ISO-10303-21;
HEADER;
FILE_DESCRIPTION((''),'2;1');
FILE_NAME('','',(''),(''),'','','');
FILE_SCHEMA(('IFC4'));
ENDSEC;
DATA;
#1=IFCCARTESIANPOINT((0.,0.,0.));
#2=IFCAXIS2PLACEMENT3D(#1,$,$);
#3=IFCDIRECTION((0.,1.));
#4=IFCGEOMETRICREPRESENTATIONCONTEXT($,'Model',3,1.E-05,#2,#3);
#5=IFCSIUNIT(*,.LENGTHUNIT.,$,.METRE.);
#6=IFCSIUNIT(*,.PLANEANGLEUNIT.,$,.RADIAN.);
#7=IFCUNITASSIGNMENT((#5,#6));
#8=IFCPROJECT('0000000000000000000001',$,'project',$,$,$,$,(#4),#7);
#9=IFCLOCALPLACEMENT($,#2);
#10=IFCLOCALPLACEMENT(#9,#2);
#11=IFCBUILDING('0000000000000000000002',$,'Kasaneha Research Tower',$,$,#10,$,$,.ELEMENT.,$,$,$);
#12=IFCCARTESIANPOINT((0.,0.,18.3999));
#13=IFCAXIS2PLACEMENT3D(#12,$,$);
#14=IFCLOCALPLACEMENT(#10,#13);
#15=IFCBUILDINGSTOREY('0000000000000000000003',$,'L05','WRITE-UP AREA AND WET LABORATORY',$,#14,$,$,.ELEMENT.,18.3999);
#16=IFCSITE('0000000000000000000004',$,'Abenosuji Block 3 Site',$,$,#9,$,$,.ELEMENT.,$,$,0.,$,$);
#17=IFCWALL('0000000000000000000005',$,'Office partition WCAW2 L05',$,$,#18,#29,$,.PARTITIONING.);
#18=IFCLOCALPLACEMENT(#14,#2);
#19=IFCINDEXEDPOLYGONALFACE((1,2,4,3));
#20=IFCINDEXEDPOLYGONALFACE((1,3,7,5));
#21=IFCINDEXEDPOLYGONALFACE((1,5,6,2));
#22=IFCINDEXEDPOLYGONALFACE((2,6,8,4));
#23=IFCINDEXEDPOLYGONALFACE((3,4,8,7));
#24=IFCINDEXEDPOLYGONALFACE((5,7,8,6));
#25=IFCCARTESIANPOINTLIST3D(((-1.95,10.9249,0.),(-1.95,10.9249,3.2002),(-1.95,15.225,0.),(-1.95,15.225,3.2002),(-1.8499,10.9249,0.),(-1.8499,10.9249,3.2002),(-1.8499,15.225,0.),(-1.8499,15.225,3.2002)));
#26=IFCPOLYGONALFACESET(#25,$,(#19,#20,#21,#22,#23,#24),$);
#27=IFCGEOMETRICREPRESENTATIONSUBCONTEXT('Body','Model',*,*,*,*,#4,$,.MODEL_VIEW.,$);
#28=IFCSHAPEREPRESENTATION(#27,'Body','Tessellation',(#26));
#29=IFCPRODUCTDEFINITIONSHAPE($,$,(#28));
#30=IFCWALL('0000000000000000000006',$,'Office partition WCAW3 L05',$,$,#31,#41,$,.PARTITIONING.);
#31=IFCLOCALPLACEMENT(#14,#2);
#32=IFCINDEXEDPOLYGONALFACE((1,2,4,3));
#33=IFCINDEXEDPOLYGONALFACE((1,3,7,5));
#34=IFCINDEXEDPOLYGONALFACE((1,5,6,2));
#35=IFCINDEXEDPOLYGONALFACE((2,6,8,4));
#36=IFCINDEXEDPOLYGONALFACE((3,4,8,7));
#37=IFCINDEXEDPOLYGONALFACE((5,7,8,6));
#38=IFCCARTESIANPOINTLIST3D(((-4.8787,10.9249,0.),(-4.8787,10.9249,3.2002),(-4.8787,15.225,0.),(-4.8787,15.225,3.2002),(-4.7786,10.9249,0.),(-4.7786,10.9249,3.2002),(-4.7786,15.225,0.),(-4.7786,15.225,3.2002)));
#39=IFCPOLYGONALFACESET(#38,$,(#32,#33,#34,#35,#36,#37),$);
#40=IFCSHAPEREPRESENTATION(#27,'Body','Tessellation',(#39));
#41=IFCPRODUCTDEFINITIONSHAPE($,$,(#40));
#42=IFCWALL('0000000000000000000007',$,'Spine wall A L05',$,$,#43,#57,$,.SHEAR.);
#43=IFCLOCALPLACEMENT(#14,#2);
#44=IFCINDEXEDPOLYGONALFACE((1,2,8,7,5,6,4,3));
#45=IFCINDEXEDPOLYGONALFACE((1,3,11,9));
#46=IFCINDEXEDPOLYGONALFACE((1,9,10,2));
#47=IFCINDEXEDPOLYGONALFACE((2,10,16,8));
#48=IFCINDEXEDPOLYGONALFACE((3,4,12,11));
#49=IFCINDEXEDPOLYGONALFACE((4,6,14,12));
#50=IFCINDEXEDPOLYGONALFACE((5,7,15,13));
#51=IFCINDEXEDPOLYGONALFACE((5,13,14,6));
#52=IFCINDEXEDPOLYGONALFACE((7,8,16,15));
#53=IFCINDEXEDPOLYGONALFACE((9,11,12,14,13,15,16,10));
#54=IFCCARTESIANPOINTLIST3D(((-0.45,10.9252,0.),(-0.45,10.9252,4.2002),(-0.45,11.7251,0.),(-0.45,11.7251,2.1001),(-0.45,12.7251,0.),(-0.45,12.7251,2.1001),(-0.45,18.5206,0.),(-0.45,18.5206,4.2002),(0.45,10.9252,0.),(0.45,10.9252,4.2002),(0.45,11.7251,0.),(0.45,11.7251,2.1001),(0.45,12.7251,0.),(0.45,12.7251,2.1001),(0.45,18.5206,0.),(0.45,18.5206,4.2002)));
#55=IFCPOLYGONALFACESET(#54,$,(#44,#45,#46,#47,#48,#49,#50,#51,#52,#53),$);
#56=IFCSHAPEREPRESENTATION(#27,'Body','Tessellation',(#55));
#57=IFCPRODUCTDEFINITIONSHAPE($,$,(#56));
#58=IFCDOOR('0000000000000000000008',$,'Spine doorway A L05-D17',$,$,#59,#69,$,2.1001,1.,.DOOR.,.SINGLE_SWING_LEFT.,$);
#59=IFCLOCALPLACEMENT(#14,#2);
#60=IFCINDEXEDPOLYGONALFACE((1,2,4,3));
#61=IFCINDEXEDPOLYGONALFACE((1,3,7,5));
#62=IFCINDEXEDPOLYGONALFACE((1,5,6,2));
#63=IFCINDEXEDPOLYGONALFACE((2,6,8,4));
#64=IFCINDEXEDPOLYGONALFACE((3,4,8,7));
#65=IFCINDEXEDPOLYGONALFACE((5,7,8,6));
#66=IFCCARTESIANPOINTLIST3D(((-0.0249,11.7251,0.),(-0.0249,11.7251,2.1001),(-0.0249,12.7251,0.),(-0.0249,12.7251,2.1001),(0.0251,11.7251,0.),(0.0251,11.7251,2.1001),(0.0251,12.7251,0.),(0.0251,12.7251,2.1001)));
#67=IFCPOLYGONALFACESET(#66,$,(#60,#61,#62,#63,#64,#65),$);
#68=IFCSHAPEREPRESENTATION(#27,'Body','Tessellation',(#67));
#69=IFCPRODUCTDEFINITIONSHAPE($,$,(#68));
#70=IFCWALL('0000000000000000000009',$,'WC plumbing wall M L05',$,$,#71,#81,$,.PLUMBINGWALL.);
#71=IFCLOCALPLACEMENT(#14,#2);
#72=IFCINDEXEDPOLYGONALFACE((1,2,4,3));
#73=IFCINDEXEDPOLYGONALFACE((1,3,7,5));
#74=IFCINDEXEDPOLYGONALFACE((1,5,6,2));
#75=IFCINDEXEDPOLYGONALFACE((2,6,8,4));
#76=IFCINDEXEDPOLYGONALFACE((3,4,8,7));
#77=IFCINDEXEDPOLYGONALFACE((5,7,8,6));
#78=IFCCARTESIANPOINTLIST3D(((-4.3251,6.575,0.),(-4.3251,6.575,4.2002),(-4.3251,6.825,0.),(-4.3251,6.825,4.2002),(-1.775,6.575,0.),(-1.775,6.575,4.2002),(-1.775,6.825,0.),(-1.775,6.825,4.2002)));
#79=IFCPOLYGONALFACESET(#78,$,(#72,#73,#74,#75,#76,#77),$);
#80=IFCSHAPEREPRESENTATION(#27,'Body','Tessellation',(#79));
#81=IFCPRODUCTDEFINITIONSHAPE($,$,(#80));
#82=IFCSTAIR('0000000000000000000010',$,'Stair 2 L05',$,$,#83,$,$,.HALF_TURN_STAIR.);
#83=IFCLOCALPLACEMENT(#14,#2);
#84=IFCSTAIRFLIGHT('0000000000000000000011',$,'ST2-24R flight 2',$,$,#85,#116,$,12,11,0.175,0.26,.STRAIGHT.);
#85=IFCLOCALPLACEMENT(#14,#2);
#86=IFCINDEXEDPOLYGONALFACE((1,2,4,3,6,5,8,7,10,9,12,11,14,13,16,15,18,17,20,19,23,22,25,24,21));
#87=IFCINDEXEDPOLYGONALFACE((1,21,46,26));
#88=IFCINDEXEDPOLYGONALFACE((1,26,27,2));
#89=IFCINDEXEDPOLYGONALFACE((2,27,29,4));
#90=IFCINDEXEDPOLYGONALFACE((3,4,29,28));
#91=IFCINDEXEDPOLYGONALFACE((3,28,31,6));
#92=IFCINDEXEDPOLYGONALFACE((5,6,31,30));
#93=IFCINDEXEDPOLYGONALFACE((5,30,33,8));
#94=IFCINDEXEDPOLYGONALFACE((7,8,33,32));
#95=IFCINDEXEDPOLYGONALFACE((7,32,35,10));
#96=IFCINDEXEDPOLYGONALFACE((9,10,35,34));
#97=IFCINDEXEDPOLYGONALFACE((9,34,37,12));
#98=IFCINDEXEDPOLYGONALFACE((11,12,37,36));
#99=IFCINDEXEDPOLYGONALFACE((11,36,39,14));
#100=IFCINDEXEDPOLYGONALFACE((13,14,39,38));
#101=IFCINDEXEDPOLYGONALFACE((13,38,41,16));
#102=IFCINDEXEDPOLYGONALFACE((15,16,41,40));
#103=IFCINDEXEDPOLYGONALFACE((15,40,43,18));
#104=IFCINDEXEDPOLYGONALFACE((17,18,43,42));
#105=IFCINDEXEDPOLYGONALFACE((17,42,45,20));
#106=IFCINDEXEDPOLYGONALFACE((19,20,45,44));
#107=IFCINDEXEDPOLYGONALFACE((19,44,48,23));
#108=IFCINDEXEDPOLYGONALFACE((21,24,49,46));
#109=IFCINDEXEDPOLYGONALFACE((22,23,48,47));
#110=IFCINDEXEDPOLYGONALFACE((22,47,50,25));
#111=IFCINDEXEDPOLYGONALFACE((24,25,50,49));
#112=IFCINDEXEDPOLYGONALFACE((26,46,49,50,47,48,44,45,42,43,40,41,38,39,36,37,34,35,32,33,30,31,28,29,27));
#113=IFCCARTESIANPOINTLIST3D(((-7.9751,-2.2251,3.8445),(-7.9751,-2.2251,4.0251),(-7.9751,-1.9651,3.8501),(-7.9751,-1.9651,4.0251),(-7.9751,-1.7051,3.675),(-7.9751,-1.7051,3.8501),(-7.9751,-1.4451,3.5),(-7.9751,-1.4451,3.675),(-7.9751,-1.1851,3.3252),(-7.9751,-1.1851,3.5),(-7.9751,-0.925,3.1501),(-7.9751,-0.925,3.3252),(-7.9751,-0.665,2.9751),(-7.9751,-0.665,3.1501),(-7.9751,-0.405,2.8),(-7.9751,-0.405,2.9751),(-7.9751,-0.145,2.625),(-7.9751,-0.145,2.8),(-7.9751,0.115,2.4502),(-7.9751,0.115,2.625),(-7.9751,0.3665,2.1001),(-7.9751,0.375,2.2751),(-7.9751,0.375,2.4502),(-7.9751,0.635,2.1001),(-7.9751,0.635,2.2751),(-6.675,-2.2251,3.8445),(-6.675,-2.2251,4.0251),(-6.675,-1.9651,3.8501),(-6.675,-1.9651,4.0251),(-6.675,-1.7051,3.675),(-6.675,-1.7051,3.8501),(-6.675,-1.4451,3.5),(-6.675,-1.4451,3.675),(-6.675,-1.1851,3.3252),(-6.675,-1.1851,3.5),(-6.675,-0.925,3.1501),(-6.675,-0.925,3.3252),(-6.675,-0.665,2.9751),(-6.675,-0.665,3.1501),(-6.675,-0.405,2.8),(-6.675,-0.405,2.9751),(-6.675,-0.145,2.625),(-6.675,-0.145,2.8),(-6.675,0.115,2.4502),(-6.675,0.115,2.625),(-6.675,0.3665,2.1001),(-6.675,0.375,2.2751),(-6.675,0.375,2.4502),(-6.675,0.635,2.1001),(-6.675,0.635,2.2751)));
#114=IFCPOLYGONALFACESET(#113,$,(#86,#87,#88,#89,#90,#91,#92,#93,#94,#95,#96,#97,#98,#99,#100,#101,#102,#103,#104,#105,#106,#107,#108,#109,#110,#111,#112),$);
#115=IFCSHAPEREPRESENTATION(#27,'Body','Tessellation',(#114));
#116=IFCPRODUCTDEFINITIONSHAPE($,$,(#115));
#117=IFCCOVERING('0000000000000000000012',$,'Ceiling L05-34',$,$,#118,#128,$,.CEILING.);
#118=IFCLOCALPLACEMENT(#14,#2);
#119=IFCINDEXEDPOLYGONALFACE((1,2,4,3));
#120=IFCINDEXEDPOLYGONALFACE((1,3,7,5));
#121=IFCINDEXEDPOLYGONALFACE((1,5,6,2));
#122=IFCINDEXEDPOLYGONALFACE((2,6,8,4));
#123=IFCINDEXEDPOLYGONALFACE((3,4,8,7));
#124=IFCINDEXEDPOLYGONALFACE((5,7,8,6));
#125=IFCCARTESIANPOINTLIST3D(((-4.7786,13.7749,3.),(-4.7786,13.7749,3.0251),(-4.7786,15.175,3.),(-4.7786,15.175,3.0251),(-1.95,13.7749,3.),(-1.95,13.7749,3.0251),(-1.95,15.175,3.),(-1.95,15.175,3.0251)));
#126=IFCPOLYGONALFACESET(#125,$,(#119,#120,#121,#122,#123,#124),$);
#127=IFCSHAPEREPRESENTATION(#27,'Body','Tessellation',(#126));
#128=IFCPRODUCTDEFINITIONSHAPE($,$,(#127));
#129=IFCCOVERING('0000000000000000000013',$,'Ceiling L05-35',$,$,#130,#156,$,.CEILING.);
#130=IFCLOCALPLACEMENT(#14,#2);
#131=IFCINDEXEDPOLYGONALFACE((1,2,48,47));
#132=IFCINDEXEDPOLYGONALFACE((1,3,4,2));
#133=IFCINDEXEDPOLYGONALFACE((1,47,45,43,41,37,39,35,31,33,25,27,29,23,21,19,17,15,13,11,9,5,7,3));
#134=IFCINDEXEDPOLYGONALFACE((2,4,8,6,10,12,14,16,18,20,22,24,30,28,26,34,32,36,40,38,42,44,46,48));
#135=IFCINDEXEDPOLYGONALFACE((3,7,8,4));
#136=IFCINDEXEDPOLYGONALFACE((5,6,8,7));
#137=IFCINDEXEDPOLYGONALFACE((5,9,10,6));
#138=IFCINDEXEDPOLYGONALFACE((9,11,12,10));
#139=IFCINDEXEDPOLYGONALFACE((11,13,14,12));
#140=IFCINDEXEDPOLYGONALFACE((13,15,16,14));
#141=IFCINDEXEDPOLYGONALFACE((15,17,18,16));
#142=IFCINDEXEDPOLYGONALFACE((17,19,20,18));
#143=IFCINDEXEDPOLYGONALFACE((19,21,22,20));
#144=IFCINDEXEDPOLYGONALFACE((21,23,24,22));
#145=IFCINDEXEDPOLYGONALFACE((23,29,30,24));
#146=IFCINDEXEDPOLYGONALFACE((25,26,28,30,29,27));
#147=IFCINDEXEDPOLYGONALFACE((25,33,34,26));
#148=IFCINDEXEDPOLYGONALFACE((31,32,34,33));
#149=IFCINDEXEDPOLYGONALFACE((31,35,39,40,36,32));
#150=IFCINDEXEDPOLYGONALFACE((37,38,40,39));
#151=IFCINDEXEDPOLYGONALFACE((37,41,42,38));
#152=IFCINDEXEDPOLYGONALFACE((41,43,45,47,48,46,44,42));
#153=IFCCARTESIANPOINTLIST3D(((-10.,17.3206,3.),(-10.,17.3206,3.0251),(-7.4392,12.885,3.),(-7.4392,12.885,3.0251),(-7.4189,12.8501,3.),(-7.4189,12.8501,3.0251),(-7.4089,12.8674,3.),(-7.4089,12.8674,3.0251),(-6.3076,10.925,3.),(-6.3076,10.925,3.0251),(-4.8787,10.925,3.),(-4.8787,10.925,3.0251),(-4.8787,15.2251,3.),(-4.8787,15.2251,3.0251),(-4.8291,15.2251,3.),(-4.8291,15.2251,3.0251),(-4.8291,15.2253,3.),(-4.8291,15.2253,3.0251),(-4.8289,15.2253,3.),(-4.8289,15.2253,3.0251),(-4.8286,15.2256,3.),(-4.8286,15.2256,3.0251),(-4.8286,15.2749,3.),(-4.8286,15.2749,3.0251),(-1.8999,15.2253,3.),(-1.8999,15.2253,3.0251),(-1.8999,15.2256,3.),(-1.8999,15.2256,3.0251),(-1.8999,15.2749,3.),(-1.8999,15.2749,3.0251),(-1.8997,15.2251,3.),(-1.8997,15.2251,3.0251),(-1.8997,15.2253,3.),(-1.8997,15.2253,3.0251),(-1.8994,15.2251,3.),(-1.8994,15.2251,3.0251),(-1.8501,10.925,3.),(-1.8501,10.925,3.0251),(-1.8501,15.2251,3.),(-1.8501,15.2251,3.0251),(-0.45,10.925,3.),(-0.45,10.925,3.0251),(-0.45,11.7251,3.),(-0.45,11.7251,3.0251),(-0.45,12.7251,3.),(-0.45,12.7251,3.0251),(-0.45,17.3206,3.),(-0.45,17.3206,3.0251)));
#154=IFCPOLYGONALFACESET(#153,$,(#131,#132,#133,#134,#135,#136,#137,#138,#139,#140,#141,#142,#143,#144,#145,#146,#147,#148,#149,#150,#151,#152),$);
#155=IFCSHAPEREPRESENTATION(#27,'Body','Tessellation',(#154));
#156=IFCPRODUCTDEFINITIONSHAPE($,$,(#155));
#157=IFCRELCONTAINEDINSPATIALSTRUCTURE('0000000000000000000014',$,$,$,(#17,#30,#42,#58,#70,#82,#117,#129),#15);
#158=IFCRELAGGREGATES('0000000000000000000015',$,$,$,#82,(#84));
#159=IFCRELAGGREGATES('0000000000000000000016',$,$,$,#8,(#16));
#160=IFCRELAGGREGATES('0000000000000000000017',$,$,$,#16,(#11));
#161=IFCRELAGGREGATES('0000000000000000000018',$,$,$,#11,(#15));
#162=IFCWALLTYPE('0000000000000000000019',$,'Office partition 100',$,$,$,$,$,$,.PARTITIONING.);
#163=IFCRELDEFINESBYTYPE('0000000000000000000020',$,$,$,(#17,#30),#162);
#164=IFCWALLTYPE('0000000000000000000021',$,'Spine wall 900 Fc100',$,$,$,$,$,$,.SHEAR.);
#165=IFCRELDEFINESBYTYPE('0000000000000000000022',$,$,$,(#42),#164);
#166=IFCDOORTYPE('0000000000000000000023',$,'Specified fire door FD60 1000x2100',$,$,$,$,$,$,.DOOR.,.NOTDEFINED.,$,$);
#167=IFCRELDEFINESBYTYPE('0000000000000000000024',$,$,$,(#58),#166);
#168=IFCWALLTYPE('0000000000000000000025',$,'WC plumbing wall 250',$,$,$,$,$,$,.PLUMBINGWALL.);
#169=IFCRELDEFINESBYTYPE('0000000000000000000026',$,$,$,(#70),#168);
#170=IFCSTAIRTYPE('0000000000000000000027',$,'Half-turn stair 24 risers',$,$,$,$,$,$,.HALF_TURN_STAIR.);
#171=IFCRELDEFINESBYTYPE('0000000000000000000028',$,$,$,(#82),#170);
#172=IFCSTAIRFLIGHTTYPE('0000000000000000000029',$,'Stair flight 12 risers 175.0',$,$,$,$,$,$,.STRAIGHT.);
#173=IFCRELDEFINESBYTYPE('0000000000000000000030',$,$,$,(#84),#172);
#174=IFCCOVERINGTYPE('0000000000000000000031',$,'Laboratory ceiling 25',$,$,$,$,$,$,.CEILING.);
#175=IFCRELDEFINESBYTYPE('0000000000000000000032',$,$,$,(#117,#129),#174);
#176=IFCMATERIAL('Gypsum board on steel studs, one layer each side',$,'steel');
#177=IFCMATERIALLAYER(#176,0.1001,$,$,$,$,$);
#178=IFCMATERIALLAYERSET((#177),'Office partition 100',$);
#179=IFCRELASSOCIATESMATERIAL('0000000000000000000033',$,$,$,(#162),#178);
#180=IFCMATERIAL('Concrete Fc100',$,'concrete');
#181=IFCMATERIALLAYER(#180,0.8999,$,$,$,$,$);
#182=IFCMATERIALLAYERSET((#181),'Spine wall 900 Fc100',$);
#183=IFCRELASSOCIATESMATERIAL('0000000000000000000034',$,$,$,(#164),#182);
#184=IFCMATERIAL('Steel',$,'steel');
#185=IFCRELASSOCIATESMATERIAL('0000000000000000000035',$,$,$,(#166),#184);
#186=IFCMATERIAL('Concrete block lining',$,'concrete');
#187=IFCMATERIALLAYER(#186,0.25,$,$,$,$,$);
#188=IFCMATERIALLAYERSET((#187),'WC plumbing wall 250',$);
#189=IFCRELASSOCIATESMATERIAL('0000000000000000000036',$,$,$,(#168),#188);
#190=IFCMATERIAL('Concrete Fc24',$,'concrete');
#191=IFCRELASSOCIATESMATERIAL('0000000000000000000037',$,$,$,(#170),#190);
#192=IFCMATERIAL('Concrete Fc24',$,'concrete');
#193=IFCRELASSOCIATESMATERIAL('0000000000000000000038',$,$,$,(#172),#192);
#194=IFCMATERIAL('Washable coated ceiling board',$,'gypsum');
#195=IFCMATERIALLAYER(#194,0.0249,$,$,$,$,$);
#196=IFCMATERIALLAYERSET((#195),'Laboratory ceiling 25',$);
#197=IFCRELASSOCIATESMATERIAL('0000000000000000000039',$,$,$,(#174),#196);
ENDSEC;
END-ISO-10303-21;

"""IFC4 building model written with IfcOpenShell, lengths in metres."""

from ifc_helpers import new_model, si_unit, direction, frame, frame_2d, origin, place, context, subcontext, project, spatial, polyline, rectangle, outline, extrude, material, layer, layer_set, type_object, element, fill, aggregate, save


model = new_model("IFC4")

# Units and contexts
model_context = context("Model", 3, precision=1e-05, world=origin(), true_north=direction((0.0, 1.0)))
body_context = subcontext(model_context, "Body", "Model", "MODEL_VIEW")
ifc_project = project(units=[si_unit("LENGTHUNIT", "METRE"), si_unit("PLANEANGLEUNIT", "RADIAN")], contexts=[model_context])

# Site, building, storey
site_placement = place(None, origin())
site = spatial("IfcSite", under=ifc_project, at=site_placement, Name="Abenosuji Block 3 Site", CompositionType="ELEMENT", RefElevation=0.0)
building_placement = place(site_placement, origin())
building = spatial("IfcBuilding", under=site, at=building_placement, Name="Kasaneha Research Tower", CompositionType="ELEMENT")
storey_placement = place(building_placement, frame((0.0, 0.0, 18.3999)))
storey = spatial("IfcBuildingStorey", under=building, at=storey_placement, Name="L05", Description="WRITE-UP AREA AND WET LABORATORY", CompositionType="ELEMENT", Elevation=18.3999)

# Shared definitions
ifc_material_1 = material(Name="Gypsum board on steel studs, one layer each side", Category="steel")
ifc_layer_1 = layer(ifc_material_1, 0.1001)
ifc_layer_set_1 = layer_set([ifc_layer_1], Name="Office partition 100")
wall_type_1 = type_object("IfcWallType", Name="Office partition 100", PredefinedType="PARTITIONING", material=ifc_layer_set_1)

# Walls
for number, where, z_axis, x_axis, name in (
    (1, (-1.8999, 10.925, 0.0), (0.0, 0.0, 1.0), (0.0, 1.0, 0.0), "Office partition WCAW2 L05"),
    (2, (-4.8286, 10.925, 0.0), (0.0, 0.0, 1.0), (0.0, 1.0, 0.0), "Office partition WCAW3 L05"),
):
    element("IfcWall", number, at=place(storey_placement, frame(where, z_axis=z_axis, x_axis=x_axis)), inside=storey, type_object=wall_type_1, Name=name, PredefinedType="PARTITIONING", context=body_context, shape_type="SweptSolid", body=[
        extrude(rectangle(XDim=4.3, YDim=0.1001, at=frame_2d((2.1499, 0.0))), origin(), (0.0, 0.0, 1.0), 3.2002),
    ])

# Wall, opening, door
ifc_material_2 = material(Name="Concrete Fc100", Category="concrete")
ifc_layer_2 = layer(ifc_material_2, 0.8999)
ifc_layer_set_2 = layer_set([ifc_layer_2], Name="Spine wall 900 Fc100")
wall_type_2 = type_object("IfcWallType", Name="Spine wall 900 Fc100", PredefinedType="SHEAR", material=ifc_layer_set_2)
wall_1_placement = place(storey_placement, frame((0.0, 10.925, 0.0), z_axis=(0.0, 0.0, 1.0), x_axis=(0.0, 1.0, 0.0)))
wall_1 = element("IfcWall", 3, at=wall_1_placement, inside=storey, type_object=wall_type_2, Name="Spine wall A L05", PredefinedType="SHEAR", context=body_context, shape_type="SweptSolid", body=[
    extrude(rectangle(XDim=7.5955, YDim=0.8999, at=frame_2d((3.7979, 0.0))), origin(), (0.0, 0.0, 1.0), 4.2002),
])
opening_1_placement = place(wall_1_placement, frame((0.8, 0.0, 0.0)))
opening_1 = element("IfcOpeningElement", 4, at=opening_1_placement, cuts=wall_1, PredefinedType="OPENING", context=body_context, shape_type="SweptSolid", body=[
    extrude(rectangle(XDim=1.0, YDim=2.1001, at=frame_2d((0.5, 1.05))), frame((0.0, 0.46, 0.0), z_axis=(0.0, -1.0, 0.0), x_axis=(1.0, 0.0, 0.0)), (0.0, 0.0, 1.0), 0.9199),
])
ifc_material_3 = material(Name="Steel", Category="steel")
door_type_1 = type_object("IfcDoorType", Name="Specified fire door FD60 1000x2100", OperationType="NOTDEFINED", PredefinedType="DOOR", material=ifc_material_3)
door_1_placement = place(opening_1_placement, origin())
door_1 = element("IfcDoor", 5, at=door_1_placement, inside=storey, type_object=door_type_1, Name="Spine doorway A L05-D17", OperationType="SINGLE_SWING_LEFT", OverallHeight=2.1001, OverallWidth=1.0, PredefinedType="DOOR", context=body_context, shape_type="SweptSolid", body=[
    extrude(rectangle(XDim=1.0, YDim=2.1001, at=frame_2d((0.5, 1.05))), frame((0.0, 0.0249, 0.0), z_axis=(0.0, -1.0, 0.0), x_axis=(1.0, 0.0, 0.0)), (0.0, 0.0, 1.0), 0.05),
])
fill(opening_1, door_1)

# Wall
ifc_material_4 = material(Name="Concrete block lining", Category="concrete")
ifc_layer_3 = layer(ifc_material_4, 0.25)
ifc_layer_set_3 = layer_set([ifc_layer_3], Name="WC plumbing wall 250")
wall_type_3 = type_object("IfcWallType", Name="WC plumbing wall 250", PredefinedType="PLUMBINGWALL", material=ifc_layer_set_3)
wall_2_placement = place(storey_placement, frame((-4.325, 6.7, 0.0), z_axis=(0.0, 0.0, 1.0), x_axis=(1.0, 0.0, 0.0)))
element("IfcWall", 6, at=wall_2_placement, inside=storey, type_object=wall_type_3, Name="WC plumbing wall M L05", PredefinedType="PLUMBINGWALL", context=body_context, shape_type="SweptSolid", body=[
    extrude(rectangle(XDim=2.55, YDim=0.25, at=frame_2d((1.2749, 0.0))), origin(), (0.0, 0.0, 1.0), 4.2002),
])

# Stair, stair flight
ifc_material_5 = material(Name="Concrete Fc24", Category="concrete")
stair_type = type_object("IfcStairType", Name="Half-turn stair 24 risers", PredefinedType="HALF_TURN_STAIR", material=ifc_material_5)
stair_placement = place(storey_placement, origin())
stair = element("IfcStair", 7, at=stair_placement, inside=storey, type_object=stair_type, Name="Stair 2 L05", PredefinedType="HALF_TURN_STAIR")
ifc_material_6 = material(Name="Concrete Fc24", Category="concrete")
stair_flight_type = type_object("IfcStairFlightType", Name="Stair flight 12 risers 175.0", PredefinedType="STRAIGHT", material=ifc_material_6)
stair_flight_placement = place(storey_placement, frame((-7.325, 0.635, 2.1001), z_axis=(0.0, 0.0, 1.0), x_axis=(0.0, -1.0, 0.0)))
stair_flight = element("IfcStairFlight", 8, at=stair_flight_placement, type_object=stair_flight_type, Name="ST2-24R flight 2", NumberOfRisers=12, NumberOfTreads=11, PredefinedType="STRAIGHT", RiserHeight=0.175, TreadLength=0.26, context=body_context, shape_type="SweptSolid", body=[
    extrude(outline(polyline([(0.0, 0.0), (0.0, 0.175), (0.26, 0.175), (0.26, 0.3501), (0.52, 0.3501), (0.52, 0.5249), (0.78, 0.5249), (0.78, 0.7), (1.04, 0.7), (1.04, 0.875), (1.3, 0.875), (1.3, 1.05), (1.5601, 1.05), (1.5601, 1.2251), (1.8201, 1.2251), (1.8201, 1.3999), (2.0801, 1.3999), (2.0801, 1.575), (2.3401, 1.575), (2.3401, 1.75), (2.6001, 1.75), (2.6001, 1.925), (2.8601, 1.925), (2.8601, 2.1001), (2.8601, 1.7444), (0.2686, 0.0), (0.0, 0.0)])), frame((0.0, 0.6499, 0.0), z_axis=(0.0, -1.0, 0.0), x_axis=(1.0, 0.0, 0.0)), (0.0, 0.0, 1.0), 1.3),
])
aggregate(stair, [stair_flight])

# Coverings
ifc_material_7 = material(Name="Washable coated ceiling board", Category="gypsum")
ifc_layer_4 = layer(ifc_material_7, 0.0249)
ifc_layer_set_4 = layer_set([ifc_layer_4], Name="Laboratory ceiling 25")
covering_type = type_object("IfcCoveringType", Name="Laboratory ceiling 25", PredefinedType="CEILING", material=ifc_layer_set_4)
covering_1_placement = place(storey_placement, frame((0.0, 0.0, 3.0)))
element("IfcCovering", 9, at=covering_1_placement, inside=storey, type_object=covering_type, Name="Ceiling L05-34", PredefinedType="CEILING", context=body_context, shape_type="SweptSolid", body=[
    extrude(outline(polyline([(-1.95, 15.175), (-1.95, 13.7749), (-4.7786, 13.7749), (-4.7786, 15.175), (-1.95, 15.175)])), origin(), (0.0, 0.0, 1.0), 0.0251),
])
covering_2_placement = place(storey_placement, frame((0.0, 0.0, 3.0)))
element("IfcCovering", 10, at=covering_2_placement, inside=storey, type_object=covering_type, Name="Ceiling L05-35", PredefinedType="CEILING", context=body_context, shape_type="SweptSolid", body=[
    extrude(outline(polyline([(-1.8501, 10.925), (-1.8501, 15.2251), (-1.8994, 15.2251), (-1.8994, 15.2251), (-1.8994, 15.2251), (-1.8994, 15.2251), (-1.8997, 15.2251), (-1.8997, 15.2253), (-1.8997, 15.2253), (-1.8997, 15.2253), (-1.8997, 15.2253), (-1.8997, 15.2253), (-1.8997, 15.2253), (-1.8997, 15.2253), (-1.8999, 15.2253), (-1.8999, 15.2256), (-1.8999, 15.2256), (-1.8999, 15.2256), (-1.8999, 15.2256), (-1.8999, 15.2749), (-4.8286, 15.2749), (-4.8286, 15.2256), (-4.8286, 15.2256), (-4.8286, 15.2256), (-4.8286, 15.2256), (-4.8289, 15.2253), (-4.8289, 15.2253), (-4.8289, 15.2253), (-4.8289, 15.2253), (-4.8289, 15.2253), (-4.8289, 15.2253), (-4.8291, 15.2253), (-4.8291, 15.2253), (-4.8291, 15.2251), (-4.8291, 15.2251), (-4.8291, 15.2251), (-4.8291, 15.2251), (-4.8291, 15.2251), (-4.8787, 15.2251), (-4.8787, 10.925), (-6.3076, 10.925), (-7.4189, 12.8501), (-7.4089, 12.8674), (-7.4392, 12.885), (-10.0, 17.3206), (-0.45, 17.3206), (-0.45, 12.7251), (-0.45, 11.7251), (-0.45, 10.925), (-1.8501, 10.925)])), origin(), (0.0, 0.0, 1.0), 0.0251),
])

save(model, "model.ifc")
